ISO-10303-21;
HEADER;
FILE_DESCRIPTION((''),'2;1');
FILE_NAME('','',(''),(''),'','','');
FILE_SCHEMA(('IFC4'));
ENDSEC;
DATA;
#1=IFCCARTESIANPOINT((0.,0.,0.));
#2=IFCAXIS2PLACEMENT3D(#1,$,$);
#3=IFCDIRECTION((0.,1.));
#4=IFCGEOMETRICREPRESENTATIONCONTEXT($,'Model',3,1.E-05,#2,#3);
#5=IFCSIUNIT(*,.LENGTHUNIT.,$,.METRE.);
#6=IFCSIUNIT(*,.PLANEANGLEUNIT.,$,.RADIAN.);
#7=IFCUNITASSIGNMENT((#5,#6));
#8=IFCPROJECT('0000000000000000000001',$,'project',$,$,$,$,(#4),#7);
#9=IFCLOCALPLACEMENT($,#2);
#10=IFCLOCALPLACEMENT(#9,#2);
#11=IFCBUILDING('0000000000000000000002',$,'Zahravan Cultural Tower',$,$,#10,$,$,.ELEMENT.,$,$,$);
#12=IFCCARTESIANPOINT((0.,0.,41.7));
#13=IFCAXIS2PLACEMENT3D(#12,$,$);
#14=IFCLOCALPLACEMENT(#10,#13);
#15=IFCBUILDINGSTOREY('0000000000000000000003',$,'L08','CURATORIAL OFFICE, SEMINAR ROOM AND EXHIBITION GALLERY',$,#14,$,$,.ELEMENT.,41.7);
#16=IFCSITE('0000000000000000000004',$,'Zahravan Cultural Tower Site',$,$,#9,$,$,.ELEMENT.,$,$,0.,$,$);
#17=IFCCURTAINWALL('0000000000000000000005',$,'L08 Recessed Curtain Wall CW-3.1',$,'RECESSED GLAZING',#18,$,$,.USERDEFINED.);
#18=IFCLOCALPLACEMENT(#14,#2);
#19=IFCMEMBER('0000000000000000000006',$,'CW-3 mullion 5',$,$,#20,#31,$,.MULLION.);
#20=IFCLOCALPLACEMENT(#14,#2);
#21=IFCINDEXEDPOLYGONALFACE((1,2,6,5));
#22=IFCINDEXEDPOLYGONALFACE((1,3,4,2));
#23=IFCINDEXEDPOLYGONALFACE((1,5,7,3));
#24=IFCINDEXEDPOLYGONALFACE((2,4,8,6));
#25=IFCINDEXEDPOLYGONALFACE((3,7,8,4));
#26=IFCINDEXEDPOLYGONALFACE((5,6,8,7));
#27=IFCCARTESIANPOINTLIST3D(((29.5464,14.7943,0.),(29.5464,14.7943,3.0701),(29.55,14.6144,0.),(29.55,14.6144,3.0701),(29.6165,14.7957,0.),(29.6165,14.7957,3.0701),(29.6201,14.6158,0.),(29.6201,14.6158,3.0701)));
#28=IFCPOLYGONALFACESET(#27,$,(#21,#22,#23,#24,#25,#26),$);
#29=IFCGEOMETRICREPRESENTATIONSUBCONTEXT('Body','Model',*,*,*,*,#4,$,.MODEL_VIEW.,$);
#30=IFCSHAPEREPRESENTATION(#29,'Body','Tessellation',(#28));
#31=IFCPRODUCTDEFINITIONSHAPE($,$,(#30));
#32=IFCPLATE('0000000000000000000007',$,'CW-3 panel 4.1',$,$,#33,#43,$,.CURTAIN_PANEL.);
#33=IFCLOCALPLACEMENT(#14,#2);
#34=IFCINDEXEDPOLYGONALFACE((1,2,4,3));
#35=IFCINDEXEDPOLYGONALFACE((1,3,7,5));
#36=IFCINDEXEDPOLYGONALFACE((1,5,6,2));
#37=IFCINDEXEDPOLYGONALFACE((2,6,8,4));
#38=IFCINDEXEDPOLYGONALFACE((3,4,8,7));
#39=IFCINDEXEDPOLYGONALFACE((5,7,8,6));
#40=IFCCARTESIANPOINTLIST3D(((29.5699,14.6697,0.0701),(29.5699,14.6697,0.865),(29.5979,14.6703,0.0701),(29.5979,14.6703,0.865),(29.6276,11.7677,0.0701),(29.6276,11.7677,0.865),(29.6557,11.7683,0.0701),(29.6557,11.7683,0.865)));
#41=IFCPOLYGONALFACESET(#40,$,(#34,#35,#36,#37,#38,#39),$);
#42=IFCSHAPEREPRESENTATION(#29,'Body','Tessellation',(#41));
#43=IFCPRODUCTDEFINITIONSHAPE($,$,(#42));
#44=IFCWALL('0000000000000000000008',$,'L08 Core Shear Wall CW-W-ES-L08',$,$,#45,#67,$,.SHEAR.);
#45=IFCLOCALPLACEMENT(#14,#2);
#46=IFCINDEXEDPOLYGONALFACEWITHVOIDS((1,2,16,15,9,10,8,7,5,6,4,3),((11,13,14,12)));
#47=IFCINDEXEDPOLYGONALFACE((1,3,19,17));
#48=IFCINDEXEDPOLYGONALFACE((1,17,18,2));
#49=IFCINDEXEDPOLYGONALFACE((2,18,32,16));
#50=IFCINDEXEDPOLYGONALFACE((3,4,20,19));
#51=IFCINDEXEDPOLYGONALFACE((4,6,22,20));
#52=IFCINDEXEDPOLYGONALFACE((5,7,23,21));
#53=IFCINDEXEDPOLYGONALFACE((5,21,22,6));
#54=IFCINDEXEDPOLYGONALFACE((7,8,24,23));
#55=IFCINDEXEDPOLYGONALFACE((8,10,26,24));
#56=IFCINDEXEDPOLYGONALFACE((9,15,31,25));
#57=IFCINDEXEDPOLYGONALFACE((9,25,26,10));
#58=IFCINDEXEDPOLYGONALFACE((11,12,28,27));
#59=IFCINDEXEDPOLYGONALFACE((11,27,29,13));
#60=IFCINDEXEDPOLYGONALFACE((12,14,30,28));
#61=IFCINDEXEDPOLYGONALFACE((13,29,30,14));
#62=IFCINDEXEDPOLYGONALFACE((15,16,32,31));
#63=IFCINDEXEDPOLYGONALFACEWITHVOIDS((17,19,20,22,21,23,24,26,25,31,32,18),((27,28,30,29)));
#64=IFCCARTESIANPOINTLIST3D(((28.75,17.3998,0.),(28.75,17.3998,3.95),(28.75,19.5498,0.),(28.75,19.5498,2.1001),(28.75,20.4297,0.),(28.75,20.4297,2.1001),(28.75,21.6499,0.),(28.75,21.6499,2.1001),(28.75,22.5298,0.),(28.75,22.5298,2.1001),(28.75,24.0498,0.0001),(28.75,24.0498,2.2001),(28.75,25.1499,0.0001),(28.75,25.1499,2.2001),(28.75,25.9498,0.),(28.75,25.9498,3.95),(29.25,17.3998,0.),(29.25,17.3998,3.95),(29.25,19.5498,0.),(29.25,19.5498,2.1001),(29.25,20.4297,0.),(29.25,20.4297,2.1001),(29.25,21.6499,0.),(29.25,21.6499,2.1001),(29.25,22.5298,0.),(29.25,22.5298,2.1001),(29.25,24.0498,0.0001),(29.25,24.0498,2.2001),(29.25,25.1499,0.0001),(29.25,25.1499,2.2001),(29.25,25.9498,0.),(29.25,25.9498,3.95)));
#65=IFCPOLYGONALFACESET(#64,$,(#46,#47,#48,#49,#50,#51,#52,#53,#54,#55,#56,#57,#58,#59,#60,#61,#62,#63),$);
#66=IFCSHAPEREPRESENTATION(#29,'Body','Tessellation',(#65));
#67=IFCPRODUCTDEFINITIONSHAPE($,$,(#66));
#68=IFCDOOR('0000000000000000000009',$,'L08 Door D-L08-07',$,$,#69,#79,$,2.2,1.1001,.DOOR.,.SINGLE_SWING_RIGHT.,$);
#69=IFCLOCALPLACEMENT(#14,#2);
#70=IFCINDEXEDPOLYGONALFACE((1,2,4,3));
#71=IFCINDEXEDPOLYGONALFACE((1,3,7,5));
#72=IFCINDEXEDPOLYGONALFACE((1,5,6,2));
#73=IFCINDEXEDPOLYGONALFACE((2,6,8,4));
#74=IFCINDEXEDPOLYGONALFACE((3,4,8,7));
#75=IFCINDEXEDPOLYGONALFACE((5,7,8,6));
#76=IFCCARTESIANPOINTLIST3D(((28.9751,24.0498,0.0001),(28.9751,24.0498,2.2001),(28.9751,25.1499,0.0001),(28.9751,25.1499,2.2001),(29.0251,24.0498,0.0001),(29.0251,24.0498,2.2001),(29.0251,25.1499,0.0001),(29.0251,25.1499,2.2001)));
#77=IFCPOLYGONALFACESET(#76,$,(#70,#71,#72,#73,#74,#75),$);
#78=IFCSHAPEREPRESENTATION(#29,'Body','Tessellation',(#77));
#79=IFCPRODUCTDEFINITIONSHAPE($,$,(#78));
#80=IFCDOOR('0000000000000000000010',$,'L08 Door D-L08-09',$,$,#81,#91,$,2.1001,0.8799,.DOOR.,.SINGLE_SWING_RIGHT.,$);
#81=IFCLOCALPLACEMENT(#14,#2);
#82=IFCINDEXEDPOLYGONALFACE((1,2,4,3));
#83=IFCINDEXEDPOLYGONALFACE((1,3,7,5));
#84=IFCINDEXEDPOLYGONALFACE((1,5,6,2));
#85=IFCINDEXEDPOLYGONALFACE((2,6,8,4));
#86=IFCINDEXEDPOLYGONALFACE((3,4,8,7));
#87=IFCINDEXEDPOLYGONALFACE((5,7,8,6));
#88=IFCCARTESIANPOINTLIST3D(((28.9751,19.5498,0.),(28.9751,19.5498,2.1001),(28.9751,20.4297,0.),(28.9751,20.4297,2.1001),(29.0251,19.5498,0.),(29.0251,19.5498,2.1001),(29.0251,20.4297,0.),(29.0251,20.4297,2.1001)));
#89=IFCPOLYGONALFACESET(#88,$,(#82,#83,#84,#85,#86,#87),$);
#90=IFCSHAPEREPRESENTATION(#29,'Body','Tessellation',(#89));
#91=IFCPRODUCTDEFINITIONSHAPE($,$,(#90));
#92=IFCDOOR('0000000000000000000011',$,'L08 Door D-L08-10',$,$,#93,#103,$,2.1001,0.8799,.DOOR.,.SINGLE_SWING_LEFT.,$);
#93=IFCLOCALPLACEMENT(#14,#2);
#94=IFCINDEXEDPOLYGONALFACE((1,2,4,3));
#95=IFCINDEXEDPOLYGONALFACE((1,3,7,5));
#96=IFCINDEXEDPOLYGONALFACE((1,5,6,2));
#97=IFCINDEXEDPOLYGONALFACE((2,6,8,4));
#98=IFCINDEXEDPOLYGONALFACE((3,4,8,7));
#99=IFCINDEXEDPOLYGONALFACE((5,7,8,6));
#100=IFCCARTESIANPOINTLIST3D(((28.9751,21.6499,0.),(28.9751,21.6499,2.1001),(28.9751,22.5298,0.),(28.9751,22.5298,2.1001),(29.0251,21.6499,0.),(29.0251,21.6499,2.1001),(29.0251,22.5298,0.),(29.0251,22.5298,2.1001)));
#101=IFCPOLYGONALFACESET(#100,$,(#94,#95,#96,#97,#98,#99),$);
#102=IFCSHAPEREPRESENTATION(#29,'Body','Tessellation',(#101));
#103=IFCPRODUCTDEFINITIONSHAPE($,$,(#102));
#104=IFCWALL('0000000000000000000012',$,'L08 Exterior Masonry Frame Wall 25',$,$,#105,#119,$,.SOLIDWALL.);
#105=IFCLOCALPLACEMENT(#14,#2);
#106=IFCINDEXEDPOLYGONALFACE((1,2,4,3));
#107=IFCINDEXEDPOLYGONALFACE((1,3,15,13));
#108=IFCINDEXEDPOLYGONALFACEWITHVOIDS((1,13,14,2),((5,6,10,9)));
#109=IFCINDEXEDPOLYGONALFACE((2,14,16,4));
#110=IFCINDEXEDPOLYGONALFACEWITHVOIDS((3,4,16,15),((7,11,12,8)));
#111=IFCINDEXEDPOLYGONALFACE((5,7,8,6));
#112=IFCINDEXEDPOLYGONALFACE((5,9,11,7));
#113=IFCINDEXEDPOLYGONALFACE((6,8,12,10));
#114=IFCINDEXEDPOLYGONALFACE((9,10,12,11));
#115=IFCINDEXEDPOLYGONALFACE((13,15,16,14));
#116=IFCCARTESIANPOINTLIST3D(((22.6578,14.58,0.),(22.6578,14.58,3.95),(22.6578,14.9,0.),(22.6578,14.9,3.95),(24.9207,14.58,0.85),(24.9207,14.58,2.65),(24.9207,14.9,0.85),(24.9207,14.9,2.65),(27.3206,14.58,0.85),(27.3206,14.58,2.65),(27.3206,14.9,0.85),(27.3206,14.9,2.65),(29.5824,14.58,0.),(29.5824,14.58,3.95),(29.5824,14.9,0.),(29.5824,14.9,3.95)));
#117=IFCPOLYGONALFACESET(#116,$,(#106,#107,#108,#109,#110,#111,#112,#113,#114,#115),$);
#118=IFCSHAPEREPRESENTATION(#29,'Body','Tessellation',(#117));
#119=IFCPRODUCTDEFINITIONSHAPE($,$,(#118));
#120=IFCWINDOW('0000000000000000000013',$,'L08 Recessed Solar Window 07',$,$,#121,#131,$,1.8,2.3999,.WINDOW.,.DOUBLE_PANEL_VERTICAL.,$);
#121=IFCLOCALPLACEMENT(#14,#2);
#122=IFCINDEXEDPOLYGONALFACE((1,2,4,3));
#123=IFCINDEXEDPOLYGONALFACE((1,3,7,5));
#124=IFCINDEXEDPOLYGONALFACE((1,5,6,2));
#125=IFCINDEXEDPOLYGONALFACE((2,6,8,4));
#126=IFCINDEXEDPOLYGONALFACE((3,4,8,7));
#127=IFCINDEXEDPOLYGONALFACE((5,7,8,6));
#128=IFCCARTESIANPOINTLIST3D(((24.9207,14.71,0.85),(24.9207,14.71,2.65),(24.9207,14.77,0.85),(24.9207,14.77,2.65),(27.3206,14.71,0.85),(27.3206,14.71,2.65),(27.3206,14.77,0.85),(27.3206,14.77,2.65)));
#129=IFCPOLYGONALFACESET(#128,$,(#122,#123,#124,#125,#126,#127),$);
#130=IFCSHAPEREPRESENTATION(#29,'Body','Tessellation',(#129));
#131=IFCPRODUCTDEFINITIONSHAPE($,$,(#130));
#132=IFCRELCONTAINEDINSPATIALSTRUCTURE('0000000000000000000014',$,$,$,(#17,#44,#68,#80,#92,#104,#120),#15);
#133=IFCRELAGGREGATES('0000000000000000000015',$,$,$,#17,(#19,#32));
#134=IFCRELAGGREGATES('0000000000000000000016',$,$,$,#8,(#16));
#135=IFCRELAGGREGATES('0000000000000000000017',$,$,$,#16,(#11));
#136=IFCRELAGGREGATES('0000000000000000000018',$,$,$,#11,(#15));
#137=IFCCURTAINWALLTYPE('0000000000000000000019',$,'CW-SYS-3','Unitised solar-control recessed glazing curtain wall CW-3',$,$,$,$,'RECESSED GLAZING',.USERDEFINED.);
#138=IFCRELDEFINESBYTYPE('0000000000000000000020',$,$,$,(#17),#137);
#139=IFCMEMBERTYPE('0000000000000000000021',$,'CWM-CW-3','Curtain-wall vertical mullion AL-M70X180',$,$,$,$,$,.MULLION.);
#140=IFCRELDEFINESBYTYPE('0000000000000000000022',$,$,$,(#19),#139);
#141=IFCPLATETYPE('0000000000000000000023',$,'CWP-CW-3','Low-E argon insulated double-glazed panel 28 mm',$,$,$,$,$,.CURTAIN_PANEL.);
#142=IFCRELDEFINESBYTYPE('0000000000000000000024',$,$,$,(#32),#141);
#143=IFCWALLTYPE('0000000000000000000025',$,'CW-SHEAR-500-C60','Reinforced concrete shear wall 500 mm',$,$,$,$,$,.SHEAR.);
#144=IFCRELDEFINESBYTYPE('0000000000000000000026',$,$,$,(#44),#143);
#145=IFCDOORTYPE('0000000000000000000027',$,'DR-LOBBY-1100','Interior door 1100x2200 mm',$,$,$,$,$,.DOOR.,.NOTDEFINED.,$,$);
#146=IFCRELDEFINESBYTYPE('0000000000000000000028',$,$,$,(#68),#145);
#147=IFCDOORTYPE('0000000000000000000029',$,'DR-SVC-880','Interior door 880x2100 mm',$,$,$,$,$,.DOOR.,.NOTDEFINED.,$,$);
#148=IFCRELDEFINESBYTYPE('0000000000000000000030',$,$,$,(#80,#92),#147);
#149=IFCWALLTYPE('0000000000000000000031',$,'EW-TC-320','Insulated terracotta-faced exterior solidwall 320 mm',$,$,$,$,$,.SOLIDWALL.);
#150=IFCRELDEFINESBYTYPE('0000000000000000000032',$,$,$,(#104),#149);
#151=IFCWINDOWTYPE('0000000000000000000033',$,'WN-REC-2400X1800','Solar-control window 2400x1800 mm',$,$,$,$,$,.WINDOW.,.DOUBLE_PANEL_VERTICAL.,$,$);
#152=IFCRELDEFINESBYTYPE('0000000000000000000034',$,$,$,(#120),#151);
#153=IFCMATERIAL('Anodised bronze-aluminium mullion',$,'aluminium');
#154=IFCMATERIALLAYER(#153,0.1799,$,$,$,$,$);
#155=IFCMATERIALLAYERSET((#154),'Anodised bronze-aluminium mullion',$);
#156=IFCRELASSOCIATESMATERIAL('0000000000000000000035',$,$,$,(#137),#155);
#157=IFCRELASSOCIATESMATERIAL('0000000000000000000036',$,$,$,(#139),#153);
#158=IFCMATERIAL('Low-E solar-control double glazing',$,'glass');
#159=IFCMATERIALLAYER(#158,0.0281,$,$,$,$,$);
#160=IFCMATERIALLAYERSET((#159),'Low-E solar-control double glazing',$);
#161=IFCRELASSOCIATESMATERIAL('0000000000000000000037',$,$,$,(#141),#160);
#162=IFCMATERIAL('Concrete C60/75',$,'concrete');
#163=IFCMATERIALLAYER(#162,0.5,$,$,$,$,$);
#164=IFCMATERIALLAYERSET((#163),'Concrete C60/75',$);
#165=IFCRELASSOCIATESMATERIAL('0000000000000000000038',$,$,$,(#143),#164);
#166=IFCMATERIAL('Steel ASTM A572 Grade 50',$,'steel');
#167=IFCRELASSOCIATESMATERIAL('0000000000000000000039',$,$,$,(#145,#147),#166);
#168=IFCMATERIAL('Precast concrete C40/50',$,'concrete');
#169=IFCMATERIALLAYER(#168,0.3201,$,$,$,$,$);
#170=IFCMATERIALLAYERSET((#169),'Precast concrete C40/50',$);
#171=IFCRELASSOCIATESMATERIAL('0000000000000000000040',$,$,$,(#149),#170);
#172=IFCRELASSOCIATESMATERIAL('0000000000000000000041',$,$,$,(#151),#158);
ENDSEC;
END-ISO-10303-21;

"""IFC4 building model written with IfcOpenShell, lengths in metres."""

from ifc_helpers import new_model, si_unit, direction, frame, frame_2d, origin, origin_2d, place, context, subcontext, project, spatial, rectangle, extrude, source, transform, mapped, material, layer, layer_set, material_profile, profile_set, type_object, element, fill, aggregate, save


model = new_model("IFC4")

# Units and contexts
model_context = context("Model", 3, precision=1e-05, world=origin(), true_north=direction((0.0, 1.0)))
body_context = subcontext(model_context, "Body", "Model", "MODEL_VIEW")
ifc_project = project(units=[si_unit("LENGTHUNIT", "METRE"), si_unit("PLANEANGLEUNIT", "RADIAN")], contexts=[model_context])

# Site, building, storey
site_placement = place(None, origin())
site = spatial("IfcSite", under=ifc_project, at=site_placement, Name="Zahravan Cultural Tower Site", CompositionType="ELEMENT", RefElevation=0.0)
building_placement = place(site_placement, origin())
building = spatial("IfcBuilding", under=site, at=building_placement, Name="Zahravan Cultural Tower", CompositionType="ELEMENT")
storey_placement = place(building_placement, frame((0.0, 0.0, 41.7)))
storey = spatial("IfcBuildingStorey", under=building, at=storey_placement, Name="L08", Description="CURATORIAL OFFICE, SEMINAR ROOM AND EXHIBITION GALLERY", CompositionType="ELEMENT", Elevation=41.7)

# Shared definitions
ifc_material_1 = material(Name="Concrete C60/75", Category="concrete")

# Curtain wall, member, plate
ifc_material_2 = material(Name="Anodised bronze-aluminium mullion", Category="aluminium")
ifc_layer_1 = layer(ifc_material_2, 0.1799)
ifc_layer_set_1 = layer_set([ifc_layer_1], Name="Anodised bronze-aluminium mullion")
curtain_wall_type = type_object("IfcCurtainWallType", Name="CW-SYS-3", Description="Unitised solar-control recessed glazing curtain wall CW-3", ElementType="RECESSED GLAZING", PredefinedType="USERDEFINED", material=ifc_layer_set_1)
curtain_wall_placement = place(storey_placement, origin())
curtain_wall = element("IfcCurtainWall", 1, at=curtain_wall_placement, inside=storey, type_object=curtain_wall_type, Name="L08 Recessed Curtain Wall CW-3.1", ObjectType="RECESSED GLAZING", PredefinedType="USERDEFINED")
ifc_material_profile_1 = material_profile(ifc_material_2, rectangle(XDim=0.0701, YDim=0.1799, at=origin_2d()), Name="AL-M70X180")
ifc_profile_set_1 = profile_set([ifc_material_profile_1], Name="Anodised bronze-aluminium mullion")
member_type = type_object("IfcMemberType", Name="CWM-CW-3", Description="Curtain-wall vertical mullion AL-M70X180", PredefinedType="MULLION", material=ifc_profile_set_1)
shared_shape_1 = source(origin(), body_context, "Body", "SweptSolid", [
    extrude(rectangle(XDim=0.0701, YDim=0.1799, at=origin_2d()), origin(), (0.0, 0.0, 1.0), 3.0701),
])
member_placement = place(storey_placement, frame((29.5833, 14.7051, 0.0), z_axis=(0.0, 0.0, 1.0), x_axis=(-0.999802, -0.0199, 0.0)))
member = element("IfcMember", 2, at=member_placement, type_object=member_type, Name="CW-3 mullion 5", PredefinedType="MULLION", context=body_context, shape_type="MappedRepresentation", body=[
    mapped(shared_shape_1, transform((0.0, 0.0, 0.0), x_axis=(1.0, 0.0, 0.0), y_axis=(0.0, 1.0, 0.0), z_axis=(0.0, 0.0, 1.0), scale=1.0)),
])
ifc_material_3 = material(Name="Low-E solar-control double glazing", Category="glass")
ifc_layer_2 = layer(ifc_material_3, 0.0281)
ifc_layer_set_2 = layer_set([ifc_layer_2], Name="Low-E solar-control double glazing")
plate_type = type_object("IfcPlateType", Name="CWP-CW-3", Description="Low-E argon insulated double-glazed panel 28 mm", PredefinedType="CURTAIN_PANEL", material=ifc_layer_set_2)
shared_shape_2 = source(origin(), body_context, "Body", "SweptSolid", [
    extrude(rectangle(XDim=2.9026, YDim=0.0281, at=origin_2d()), origin(), (0.0, 0.0, 1.0), 0.7949),
])
plate_placement = place(storey_placement, frame((29.6128, 13.219, 0.0701), z_axis=(0.0, 0.0, 1.0), x_axis=(-0.0199, 0.999802, 0.0)))
plate = element("IfcPlate", 3, at=plate_placement, type_object=plate_type, Name="CW-3 panel 4.1", PredefinedType="CURTAIN_PANEL", context=body_context, shape_type="MappedRepresentation", body=[
    mapped(shared_shape_2, transform((0.0, 0.0, 0.0), x_axis=(1.0, 0.0, 0.0), y_axis=(0.0, 1.0, 0.0), z_axis=(0.0, 0.0, 1.0), scale=1.0)),
])
aggregate(curtain_wall, [member, plate])

# Wall, openings, doors
ifc_layer_3 = layer(ifc_material_1, 0.5)
ifc_layer_set_3 = layer_set([ifc_layer_3], Name="Concrete C60/75")
wall_type_1 = type_object("IfcWallType", Name="CW-SHEAR-500-C60", Description="Reinforced concrete shear wall 500 mm", PredefinedType="SHEAR", material=ifc_layer_set_3)
wall_1_placement = place(storey_placement, frame((29.0, 17.3999, 0.0), z_axis=(0.0, 0.0, 1.0), x_axis=(0.0, 1.0, 0.0)))
wall_1 = element("IfcWall", 4, at=wall_1_placement, inside=storey, type_object=wall_type_1, Name="L08 Core Shear Wall CW-W-ES-L08", PredefinedType="SHEAR", context=body_context, shape_type="SweptSolid", body=[
    extrude(rectangle(XDim=8.55, YDim=0.5, at=frame_2d((4.2749, 0.0))), origin(), (0.0, 0.0, 1.0), 3.95),
])
opening_1_placement = place(wall_1_placement, frame((6.6499, 0.0, 0.0)))
opening_1 = element("IfcOpeningElement", 5, at=opening_1_placement, cuts=wall_1, PredefinedType="OPENING", context=body_context, shape_type="SweptSolid", body=[
    extrude(rectangle(XDim=1.1001, YDim=2.2, at=frame_2d((0.55, 1.1001))), frame((0.0, 0.26, 0.0), z_axis=(0.0, -1.0, 0.0), x_axis=(1.0, 0.0, 0.0)), (0.0, 0.0, 1.0), 0.52),
])
opening_2_placement = place(wall_1_placement, frame((2.1499, 0.0, 0.0)))
opening_2 = element("IfcOpeningElement", 6, at=opening_2_placement, cuts=wall_1, PredefinedType="OPENING", context=body_context, shape_type="SweptSolid", body=[
    extrude(rectangle(XDim=0.8799, YDim=2.1001, at=frame_2d((0.4399, 1.05))), frame((0.0, 0.26, 0.0), z_axis=(0.0, -1.0, 0.0), x_axis=(1.0, 0.0, 0.0)), (0.0, 0.0, 1.0), 0.52),
])
opening_3_placement = place(wall_1_placement, frame((4.25, 0.0, 0.0)))
opening_3 = element("IfcOpeningElement", 7, at=opening_3_placement, cuts=wall_1, PredefinedType="OPENING", context=body_context, shape_type="SweptSolid", body=[
    extrude(rectangle(XDim=0.8799, YDim=2.1001, at=frame_2d((0.4399, 1.05))), frame((0.0, 0.26, 0.0), z_axis=(0.0, -1.0, 0.0), x_axis=(1.0, 0.0, 0.0)), (0.0, 0.0, 1.0), 0.52),
])
ifc_material_4 = material(Name="Steel ASTM A572 Grade 50", Category="steel")
door_type_1 = type_object("IfcDoorType", Name="DR-LOBBY-1100", Description="Interior door 1100x2200 mm", OperationType="NOTDEFINED", PredefinedType="DOOR", material=ifc_material_4)
shared_shape_3 = source(origin(), body_context, "Body", "SweptSolid", [
    extrude(rectangle(XDim=1.1001, YDim=2.2, at=frame_2d((0.55, 1.1001))), frame((0.0, 0.0249, 0.0), z_axis=(0.0, -1.0, 0.0), x_axis=(1.0, 0.0, 0.0)), (0.0, 0.0, 1.0), 0.05),
])
door_1_placement = place(opening_1_placement, origin())
door_1 = element("IfcDoor", 8, at=door_1_placement, inside=storey, type_object=door_type_1, Name="L08 Door D-L08-07", OperationType="SINGLE_SWING_RIGHT", OverallHeight=2.2, OverallWidth=1.1001, PredefinedType="DOOR", context=body_context, shape_type="MappedRepresentation", body=[
    mapped(shared_shape_3, transform((0.0, 0.0, 0.0), x_axis=(1.0, 0.0, 0.0), y_axis=(0.0, 1.0, 0.0), z_axis=(0.0, 0.0, 1.0), scale=1.0)),
])
fill(opening_1, door_1)
door_type_2 = type_object("IfcDoorType", Name="DR-SVC-880", Description="Interior door 880x2100 mm", OperationType="NOTDEFINED", PredefinedType="DOOR", material=ifc_material_4)
shared_shape_4 = source(origin(), body_context, "Body", "SweptSolid", [
    extrude(rectangle(XDim=0.8799, YDim=2.1001, at=frame_2d((0.4399, 1.05))), frame((0.0, 0.0249, 0.0), z_axis=(0.0, -1.0, 0.0), x_axis=(1.0, 0.0, 0.0)), (0.0, 0.0, 1.0), 0.05),
])
door_2_placement = place(opening_2_placement, origin())
door_2 = element("IfcDoor", 9, at=door_2_placement, inside=storey, type_object=door_type_2, Name="L08 Door D-L08-09", OperationType="SINGLE_SWING_RIGHT", OverallHeight=2.1001, OverallWidth=0.8799, PredefinedType="DOOR", context=body_context, shape_type="MappedRepresentation", body=[
    mapped(shared_shape_4, transform((0.0, 0.0, 0.0), x_axis=(1.0, 0.0, 0.0), y_axis=(0.0, 1.0, 0.0), z_axis=(0.0, 0.0, 1.0), scale=1.0)),
])
fill(opening_2, door_2)
door_3_placement = place(opening_3_placement, origin())
door_3 = element("IfcDoor", 10, at=door_3_placement, inside=storey, type_object=door_type_2, Name="L08 Door D-L08-10", OperationType="SINGLE_SWING_LEFT", OverallHeight=2.1001, OverallWidth=0.8799, PredefinedType="DOOR", context=body_context, shape_type="MappedRepresentation", body=[
    mapped(shared_shape_4, transform((0.0, 0.0, 0.0), x_axis=(1.0, 0.0, 0.0), y_axis=(0.0, 1.0, 0.0), z_axis=(0.0, 0.0, 1.0), scale=1.0)),
])
fill(opening_3, door_3)

# Wall, opening, window
ifc_material_5 = material(Name="Precast concrete C40/50", Category="concrete")
ifc_layer_4 = layer(ifc_material_5, 0.3201)
ifc_layer_set_4 = layer_set([ifc_layer_4], Name="Precast concrete C40/50")
wall_type_2 = type_object("IfcWallType", Name="EW-TC-320", Description="Insulated terracotta-faced exterior solidwall 320 mm", PredefinedType="SOLIDWALL", material=ifc_layer_set_4)
wall_2_placement = place(storey_placement, frame((29.5825, 14.74, 0.0), z_axis=(0.0, 0.0, 1.0), x_axis=(-1.0, 0.0, 0.0)))
wall_2 = element("IfcWall", 11, at=wall_2_placement, inside=storey, type_object=wall_type_2, Name="L08 Exterior Masonry Frame Wall 25", PredefinedType="SOLIDWALL", context=body_context, shape_type="SweptSolid", body=[
    extrude(rectangle(XDim=6.9246, YDim=0.3201, at=frame_2d((3.4624, 0.0))), origin(), (0.0, 0.0, 1.0), 3.95),
])
opening_4_placement = place(wall_2_placement, frame((2.262, 0.0, 0.8501)))
opening_4 = element("IfcOpeningElement", 12, at=opening_4_placement, cuts=wall_2, PredefinedType="OPENING", context=body_context, shape_type="SweptSolid", body=[
    extrude(rectangle(XDim=2.3999, YDim=1.8, at=frame_2d((1.2, 0.8999))), frame((0.0, 0.1699, 0.0), z_axis=(0.0, -1.0, 0.0), x_axis=(1.0, 0.0, 0.0)), (0.0, 0.0, 1.0), 0.3401),
])
window_type = type_object("IfcWindowType", Name="WN-REC-2400X1800", Description="Solar-control window 2400x1800 mm", PartitioningType="DOUBLE_PANEL_VERTICAL", PredefinedType="WINDOW", material=ifc_material_3)
shared_shape_5 = source(origin(), body_context, "Body", "SweptSolid", [
    extrude(rectangle(XDim=2.3999, YDim=1.8, at=frame_2d((1.2, 0.8999))), frame((0.0, 0.03, 0.0), z_axis=(0.0, -1.0, 0.0), x_axis=(1.0, 0.0, 0.0)), (0.0, 0.0, 1.0), 0.0601),
])
window_1_placement = place(opening_4_placement, origin())
window_1 = element("IfcWindow", 13, at=window_1_placement, inside=storey, type_object=window_type, Name="L08 Recessed Solar Window 07", OverallHeight=1.8, OverallWidth=2.3999, PartitioningType="DOUBLE_PANEL_VERTICAL", PredefinedType="WINDOW", context=body_context, shape_type="MappedRepresentation", body=[
    mapped(shared_shape_5, transform((0.0, 0.0, 0.0), x_axis=(1.0, 0.0, 0.0), y_axis=(0.0, 1.0, 0.0), z_axis=(0.0, 0.0, 1.0), scale=1.0)),
])
fill(opening_4, window_1)

save(model, "model.ifc")
